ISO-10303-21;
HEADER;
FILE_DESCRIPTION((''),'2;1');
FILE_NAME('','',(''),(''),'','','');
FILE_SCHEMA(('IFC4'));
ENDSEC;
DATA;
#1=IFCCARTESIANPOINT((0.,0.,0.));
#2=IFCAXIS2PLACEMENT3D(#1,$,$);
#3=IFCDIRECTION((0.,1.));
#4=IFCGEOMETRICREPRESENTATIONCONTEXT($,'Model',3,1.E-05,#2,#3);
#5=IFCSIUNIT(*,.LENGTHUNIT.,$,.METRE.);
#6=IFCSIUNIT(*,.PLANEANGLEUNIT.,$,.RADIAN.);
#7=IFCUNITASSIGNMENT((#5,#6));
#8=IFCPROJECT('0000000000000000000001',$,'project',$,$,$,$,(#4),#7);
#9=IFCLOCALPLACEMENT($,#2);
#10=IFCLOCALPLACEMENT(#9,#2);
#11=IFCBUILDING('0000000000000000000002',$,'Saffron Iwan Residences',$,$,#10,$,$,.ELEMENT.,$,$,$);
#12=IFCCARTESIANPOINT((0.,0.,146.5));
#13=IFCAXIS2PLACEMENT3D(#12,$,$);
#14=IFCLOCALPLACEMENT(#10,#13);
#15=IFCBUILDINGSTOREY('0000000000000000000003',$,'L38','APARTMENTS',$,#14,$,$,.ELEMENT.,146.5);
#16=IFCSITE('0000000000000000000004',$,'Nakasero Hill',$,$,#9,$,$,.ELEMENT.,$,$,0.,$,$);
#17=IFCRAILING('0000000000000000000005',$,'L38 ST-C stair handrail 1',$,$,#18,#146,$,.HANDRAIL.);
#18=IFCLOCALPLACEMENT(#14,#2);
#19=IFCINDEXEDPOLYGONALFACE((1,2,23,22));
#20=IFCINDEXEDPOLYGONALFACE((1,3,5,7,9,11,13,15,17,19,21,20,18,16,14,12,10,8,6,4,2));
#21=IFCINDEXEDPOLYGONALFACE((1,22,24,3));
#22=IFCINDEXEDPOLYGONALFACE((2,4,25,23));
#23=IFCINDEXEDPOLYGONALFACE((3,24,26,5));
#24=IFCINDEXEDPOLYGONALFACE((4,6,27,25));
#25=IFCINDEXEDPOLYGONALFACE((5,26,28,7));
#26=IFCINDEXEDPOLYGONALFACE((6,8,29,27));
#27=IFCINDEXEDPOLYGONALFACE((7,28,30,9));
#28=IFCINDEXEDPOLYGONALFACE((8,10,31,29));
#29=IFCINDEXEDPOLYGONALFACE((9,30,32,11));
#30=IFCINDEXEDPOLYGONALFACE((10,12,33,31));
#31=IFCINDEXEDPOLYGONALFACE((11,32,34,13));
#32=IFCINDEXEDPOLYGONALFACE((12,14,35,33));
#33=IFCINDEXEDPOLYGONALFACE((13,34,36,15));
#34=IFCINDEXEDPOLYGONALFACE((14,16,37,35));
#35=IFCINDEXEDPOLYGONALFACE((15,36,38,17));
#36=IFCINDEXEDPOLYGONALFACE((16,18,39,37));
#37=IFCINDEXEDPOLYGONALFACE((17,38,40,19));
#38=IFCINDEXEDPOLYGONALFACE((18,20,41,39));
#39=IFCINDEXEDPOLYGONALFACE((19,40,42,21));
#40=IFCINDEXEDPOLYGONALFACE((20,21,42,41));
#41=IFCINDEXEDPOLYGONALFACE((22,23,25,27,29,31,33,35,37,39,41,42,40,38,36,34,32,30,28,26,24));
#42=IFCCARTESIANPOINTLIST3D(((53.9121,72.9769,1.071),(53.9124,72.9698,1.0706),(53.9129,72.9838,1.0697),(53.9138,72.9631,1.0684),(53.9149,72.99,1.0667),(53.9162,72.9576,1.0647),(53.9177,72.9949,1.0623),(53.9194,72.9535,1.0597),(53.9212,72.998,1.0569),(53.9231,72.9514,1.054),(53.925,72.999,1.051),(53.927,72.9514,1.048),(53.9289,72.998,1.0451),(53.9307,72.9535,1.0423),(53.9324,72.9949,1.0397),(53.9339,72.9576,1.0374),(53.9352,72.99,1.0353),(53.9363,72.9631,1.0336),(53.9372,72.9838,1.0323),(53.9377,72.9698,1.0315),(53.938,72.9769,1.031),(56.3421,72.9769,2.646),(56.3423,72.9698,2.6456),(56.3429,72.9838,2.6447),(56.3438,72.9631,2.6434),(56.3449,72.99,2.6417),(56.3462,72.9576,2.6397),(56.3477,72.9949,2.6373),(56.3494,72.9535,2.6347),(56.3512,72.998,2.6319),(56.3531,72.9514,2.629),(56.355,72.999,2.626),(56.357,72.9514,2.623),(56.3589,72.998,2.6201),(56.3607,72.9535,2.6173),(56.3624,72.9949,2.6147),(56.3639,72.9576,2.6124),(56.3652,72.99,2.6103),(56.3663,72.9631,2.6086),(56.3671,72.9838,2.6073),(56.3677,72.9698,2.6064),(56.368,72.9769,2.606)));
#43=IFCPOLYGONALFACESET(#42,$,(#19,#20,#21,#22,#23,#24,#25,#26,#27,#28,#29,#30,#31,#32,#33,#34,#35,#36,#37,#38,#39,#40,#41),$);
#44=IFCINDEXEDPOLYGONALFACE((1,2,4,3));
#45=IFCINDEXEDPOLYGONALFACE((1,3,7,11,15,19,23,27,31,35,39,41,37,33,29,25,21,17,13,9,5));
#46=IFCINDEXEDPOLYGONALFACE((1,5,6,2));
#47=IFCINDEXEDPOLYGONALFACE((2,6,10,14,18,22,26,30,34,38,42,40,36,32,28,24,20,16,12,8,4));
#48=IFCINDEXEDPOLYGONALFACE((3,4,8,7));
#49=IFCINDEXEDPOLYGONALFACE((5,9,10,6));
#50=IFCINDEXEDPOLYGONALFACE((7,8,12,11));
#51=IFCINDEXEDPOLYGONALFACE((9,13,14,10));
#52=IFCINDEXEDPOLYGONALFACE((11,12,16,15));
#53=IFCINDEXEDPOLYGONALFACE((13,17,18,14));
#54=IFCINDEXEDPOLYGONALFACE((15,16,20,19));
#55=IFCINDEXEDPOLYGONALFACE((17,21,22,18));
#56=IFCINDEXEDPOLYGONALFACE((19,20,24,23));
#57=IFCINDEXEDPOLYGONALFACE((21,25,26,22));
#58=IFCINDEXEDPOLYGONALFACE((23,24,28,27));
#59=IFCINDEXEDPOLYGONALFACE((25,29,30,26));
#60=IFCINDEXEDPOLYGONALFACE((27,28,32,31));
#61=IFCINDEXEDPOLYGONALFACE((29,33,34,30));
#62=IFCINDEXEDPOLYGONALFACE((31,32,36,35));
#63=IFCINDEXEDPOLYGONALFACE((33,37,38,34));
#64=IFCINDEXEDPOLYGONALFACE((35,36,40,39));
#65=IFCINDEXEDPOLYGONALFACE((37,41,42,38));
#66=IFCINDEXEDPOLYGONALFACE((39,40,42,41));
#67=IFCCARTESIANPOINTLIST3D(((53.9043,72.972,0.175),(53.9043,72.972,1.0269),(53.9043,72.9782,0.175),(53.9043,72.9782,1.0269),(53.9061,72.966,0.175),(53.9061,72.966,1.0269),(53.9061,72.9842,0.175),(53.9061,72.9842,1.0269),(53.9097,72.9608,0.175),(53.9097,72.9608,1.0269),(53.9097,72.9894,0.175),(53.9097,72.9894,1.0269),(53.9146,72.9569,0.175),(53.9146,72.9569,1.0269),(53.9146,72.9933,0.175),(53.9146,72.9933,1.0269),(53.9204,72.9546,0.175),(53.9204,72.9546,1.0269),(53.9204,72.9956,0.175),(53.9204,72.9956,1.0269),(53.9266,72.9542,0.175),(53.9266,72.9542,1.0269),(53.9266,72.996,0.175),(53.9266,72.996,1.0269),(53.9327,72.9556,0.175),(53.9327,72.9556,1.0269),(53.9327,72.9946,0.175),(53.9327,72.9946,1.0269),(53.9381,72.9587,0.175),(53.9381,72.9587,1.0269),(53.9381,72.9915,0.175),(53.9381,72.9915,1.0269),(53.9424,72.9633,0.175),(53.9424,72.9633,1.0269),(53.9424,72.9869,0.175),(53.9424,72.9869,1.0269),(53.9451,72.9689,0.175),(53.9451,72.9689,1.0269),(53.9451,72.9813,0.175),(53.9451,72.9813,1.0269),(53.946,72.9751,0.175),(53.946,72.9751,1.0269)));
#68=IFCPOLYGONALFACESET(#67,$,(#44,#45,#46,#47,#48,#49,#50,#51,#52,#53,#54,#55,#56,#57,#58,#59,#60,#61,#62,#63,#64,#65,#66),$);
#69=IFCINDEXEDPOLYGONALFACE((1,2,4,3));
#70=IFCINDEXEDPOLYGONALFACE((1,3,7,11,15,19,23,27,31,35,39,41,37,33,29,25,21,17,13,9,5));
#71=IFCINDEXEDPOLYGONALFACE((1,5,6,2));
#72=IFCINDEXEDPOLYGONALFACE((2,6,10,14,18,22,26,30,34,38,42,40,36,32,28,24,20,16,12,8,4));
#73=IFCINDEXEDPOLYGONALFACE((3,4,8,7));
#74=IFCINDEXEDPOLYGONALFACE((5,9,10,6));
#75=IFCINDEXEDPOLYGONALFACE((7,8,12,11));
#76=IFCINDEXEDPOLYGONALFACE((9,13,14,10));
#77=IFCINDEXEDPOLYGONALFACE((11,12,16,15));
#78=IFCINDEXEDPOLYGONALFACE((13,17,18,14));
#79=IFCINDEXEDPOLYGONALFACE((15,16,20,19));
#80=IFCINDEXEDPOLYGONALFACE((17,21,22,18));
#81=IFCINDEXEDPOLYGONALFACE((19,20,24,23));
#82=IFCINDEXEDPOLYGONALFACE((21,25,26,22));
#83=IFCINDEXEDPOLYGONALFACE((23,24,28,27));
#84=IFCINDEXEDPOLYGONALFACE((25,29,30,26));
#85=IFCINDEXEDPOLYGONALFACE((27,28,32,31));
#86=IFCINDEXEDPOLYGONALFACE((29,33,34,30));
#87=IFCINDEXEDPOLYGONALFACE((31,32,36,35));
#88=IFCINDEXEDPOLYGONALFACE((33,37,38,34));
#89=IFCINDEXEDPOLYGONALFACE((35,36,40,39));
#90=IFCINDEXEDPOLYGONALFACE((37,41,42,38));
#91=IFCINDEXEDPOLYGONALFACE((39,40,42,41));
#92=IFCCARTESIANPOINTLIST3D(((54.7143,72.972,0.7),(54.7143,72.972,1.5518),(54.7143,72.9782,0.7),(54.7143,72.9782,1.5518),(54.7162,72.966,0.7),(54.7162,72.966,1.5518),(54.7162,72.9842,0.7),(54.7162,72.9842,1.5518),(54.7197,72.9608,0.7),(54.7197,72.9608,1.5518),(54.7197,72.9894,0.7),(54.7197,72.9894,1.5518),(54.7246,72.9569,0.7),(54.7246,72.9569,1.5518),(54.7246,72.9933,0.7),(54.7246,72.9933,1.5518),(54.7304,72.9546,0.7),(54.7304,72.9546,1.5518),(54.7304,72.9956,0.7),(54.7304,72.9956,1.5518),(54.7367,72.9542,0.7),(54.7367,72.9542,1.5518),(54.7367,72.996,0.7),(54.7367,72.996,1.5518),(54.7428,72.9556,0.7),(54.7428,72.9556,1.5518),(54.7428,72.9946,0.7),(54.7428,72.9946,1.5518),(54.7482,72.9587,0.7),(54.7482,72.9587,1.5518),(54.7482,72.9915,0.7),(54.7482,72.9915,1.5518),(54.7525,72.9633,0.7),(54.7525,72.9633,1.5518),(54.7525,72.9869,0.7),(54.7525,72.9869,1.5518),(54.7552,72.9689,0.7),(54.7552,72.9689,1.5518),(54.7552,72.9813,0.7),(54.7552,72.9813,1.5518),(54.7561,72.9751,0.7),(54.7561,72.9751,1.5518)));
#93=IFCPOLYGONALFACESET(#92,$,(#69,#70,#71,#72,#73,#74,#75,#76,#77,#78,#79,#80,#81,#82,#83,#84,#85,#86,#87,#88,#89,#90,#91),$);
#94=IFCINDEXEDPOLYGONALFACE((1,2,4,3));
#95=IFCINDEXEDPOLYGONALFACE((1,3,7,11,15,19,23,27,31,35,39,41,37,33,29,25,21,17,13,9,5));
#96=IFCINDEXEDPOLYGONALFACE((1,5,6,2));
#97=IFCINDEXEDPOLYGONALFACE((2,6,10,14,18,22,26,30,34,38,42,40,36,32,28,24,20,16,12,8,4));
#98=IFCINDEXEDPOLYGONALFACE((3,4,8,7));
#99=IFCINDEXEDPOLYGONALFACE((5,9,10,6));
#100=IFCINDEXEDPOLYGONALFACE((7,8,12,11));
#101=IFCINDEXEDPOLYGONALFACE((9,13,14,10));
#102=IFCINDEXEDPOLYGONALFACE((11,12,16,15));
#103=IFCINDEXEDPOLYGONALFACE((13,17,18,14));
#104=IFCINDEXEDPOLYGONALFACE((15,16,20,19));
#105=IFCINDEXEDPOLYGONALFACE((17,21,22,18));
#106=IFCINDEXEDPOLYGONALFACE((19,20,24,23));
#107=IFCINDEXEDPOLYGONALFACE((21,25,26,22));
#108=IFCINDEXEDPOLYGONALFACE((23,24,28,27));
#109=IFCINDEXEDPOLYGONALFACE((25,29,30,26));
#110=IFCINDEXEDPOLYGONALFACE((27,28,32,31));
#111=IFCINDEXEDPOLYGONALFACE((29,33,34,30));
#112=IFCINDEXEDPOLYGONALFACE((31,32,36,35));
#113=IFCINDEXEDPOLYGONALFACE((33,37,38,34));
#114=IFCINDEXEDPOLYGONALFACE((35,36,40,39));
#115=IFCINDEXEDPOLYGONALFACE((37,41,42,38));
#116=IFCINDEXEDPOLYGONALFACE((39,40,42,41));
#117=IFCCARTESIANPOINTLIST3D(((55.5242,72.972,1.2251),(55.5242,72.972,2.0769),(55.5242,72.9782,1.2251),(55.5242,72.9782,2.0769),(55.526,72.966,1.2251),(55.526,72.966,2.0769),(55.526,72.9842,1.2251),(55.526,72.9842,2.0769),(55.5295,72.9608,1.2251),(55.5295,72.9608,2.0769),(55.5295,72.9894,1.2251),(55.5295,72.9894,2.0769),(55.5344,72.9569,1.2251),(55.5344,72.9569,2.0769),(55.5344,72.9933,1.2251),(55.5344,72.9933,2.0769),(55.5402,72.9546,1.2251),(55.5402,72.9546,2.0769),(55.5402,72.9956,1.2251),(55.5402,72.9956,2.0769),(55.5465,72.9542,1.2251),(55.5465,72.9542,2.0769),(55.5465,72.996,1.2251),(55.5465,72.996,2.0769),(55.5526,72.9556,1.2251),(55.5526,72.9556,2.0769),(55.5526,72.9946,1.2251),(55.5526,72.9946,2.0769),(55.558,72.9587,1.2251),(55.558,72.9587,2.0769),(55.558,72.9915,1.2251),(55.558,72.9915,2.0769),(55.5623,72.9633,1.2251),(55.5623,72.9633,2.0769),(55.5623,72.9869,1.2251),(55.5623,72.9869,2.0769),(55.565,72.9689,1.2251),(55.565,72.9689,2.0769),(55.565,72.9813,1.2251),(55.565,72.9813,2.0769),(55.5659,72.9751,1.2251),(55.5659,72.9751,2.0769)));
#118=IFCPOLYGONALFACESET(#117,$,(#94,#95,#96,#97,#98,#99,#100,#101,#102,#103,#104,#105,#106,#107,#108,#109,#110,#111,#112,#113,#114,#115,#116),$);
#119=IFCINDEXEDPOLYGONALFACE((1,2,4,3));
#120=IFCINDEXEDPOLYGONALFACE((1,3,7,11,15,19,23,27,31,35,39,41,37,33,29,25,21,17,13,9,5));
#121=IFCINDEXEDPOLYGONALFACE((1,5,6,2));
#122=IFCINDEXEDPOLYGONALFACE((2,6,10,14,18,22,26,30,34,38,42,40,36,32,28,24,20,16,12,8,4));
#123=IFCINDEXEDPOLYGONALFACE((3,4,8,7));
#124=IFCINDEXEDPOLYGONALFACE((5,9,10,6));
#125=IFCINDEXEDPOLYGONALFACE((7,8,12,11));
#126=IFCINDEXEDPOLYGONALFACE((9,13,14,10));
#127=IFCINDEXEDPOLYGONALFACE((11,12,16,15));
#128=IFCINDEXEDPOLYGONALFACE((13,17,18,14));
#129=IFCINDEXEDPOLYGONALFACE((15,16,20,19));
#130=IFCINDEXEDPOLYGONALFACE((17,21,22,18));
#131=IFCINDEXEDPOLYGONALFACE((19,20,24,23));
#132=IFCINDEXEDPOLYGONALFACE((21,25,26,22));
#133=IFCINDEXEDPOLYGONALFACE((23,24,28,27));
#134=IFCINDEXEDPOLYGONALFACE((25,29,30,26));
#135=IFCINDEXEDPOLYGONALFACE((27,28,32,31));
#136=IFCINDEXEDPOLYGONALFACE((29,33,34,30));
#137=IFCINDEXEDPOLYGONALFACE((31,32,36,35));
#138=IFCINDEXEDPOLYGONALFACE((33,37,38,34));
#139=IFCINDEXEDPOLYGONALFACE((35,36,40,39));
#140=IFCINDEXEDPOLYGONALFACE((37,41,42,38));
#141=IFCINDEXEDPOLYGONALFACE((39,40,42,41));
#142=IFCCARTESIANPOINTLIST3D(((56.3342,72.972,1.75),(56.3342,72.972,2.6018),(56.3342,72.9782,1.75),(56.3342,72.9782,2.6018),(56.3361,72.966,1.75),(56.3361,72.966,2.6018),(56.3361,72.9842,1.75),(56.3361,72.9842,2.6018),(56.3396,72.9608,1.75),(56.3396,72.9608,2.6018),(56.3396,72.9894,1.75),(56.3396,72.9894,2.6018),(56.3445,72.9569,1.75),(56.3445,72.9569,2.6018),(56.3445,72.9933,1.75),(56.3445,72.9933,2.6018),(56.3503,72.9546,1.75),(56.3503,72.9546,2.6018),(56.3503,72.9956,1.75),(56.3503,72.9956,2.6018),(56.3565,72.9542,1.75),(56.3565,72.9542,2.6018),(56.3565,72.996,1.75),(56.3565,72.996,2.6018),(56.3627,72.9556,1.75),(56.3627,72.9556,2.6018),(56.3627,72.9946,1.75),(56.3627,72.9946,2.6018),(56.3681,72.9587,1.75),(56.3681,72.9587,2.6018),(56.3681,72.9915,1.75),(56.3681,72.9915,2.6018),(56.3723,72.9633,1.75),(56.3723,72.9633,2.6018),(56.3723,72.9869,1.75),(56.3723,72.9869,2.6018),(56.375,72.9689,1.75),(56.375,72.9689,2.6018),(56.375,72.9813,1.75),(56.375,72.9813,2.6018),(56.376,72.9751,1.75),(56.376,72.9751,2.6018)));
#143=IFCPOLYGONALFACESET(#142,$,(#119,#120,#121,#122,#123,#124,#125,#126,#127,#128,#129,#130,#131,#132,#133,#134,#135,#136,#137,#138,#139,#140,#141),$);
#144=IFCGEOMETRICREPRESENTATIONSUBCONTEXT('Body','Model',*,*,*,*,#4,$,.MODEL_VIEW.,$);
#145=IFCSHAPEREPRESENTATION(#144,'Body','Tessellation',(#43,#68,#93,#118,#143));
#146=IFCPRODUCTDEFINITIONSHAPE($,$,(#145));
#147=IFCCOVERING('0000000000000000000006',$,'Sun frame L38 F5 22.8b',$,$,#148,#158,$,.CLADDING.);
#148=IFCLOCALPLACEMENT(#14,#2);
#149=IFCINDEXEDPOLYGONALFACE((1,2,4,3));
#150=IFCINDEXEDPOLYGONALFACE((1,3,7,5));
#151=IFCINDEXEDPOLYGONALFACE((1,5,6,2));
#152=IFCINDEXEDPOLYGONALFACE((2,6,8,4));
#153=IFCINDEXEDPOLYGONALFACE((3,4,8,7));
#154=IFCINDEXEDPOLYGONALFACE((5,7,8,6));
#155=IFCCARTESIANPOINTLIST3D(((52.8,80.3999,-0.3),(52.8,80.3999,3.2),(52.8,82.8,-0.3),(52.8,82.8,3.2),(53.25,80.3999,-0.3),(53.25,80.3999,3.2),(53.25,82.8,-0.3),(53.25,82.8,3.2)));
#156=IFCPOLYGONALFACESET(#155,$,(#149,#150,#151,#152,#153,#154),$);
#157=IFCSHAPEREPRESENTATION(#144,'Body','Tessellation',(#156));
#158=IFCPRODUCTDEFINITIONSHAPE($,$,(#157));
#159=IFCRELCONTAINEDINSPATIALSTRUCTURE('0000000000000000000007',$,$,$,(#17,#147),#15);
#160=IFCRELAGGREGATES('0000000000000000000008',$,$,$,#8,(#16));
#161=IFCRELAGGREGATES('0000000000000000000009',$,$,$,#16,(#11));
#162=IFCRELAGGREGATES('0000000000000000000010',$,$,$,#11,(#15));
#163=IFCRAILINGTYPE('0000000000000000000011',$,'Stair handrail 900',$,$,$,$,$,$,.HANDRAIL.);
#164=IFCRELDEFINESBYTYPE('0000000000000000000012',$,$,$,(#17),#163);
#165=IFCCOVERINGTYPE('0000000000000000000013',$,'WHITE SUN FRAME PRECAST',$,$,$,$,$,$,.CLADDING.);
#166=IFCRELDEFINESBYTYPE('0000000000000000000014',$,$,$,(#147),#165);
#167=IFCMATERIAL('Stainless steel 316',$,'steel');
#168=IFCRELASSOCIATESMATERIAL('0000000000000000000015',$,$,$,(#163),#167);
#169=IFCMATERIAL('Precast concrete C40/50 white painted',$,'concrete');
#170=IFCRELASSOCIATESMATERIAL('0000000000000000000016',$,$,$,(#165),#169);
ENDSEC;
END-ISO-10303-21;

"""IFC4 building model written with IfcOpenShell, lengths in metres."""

from ifc_helpers import new_model, si_unit, direction, frame, origin, origin_2d, place, context, subcontext, project, spatial, polyline, circle, outline, extrude, material, type_object, element, save


model = new_model("IFC4")

# Units and contexts
model_context = context("Model", 3, precision=1e-05, world=origin(), true_north=direction((0.0, 1.0)))
body_context = subcontext(model_context, "Body", "Model", "MODEL_VIEW")
ifc_project = project(units=[si_unit("LENGTHUNIT", "METRE"), si_unit("PLANEANGLEUNIT", "RADIAN")], contexts=[model_context])

# Site, building, storey
site_placement = place(None, origin())
site = spatial("IfcSite", under=ifc_project, at=site_placement, Name="Nakasero Hill", CompositionType="ELEMENT", RefElevation=0.0)
building_placement = place(site_placement, origin())
building = spatial("IfcBuilding", under=site, at=building_placement, Name="Saffron Iwan Residences", CompositionType="ELEMENT")
storey_placement = place(building_placement, frame((0.0, 0.0, 146.5)))
storey = spatial("IfcBuildingStorey", under=building, at=storey_placement, Name="L38", Description="APARTMENTS", CompositionType="ELEMENT", Elevation=146.5)

# Railing
ifc_material_1 = material(Name="Stainless steel 316", Category="steel")
railing_type_1 = type_object("IfcRailingType", Name="Stair handrail 900", PredefinedType="HANDRAIL", material=ifc_material_1)
railing_1_placement = place(storey_placement, frame((53.925, 72.9751, 0.175)))
element("IfcRailing", 1, at=railing_1_placement, inside=storey, type_object=railing_type_1, Name="L38 ST-C stair handrail 1", PredefinedType="HANDRAIL", context=body_context, shape_type="SweptSolid", body=[
    extrude(circle(Radius=0.0239, at=origin_2d()), frame((0.0, 0.0, 0.876), z_axis=(0.839154, 0.0, 0.543894), x_axis=(0.0, 1.0, 0.0)), (0.0, 0.0, 1.0), 2.8958),
    extrude(circle(Radius=0.021, at=origin_2d()), origin(), (0.0, 0.0, 1.0), 0.8518),
    extrude(circle(Radius=0.021, at=origin_2d()), frame((0.8101, 0.0, 0.5249)), (0.0, 0.0, 1.0), 0.8518),
    extrude(circle(Radius=0.021, at=origin_2d()), frame((1.6199, 0.0, 1.05)), (0.0, 0.0, 1.0), 0.8518),
    extrude(circle(Radius=0.021, at=origin_2d()), frame((2.4299, 0.0, 1.575)), (0.0, 0.0, 1.0), 0.8518),
])

# Covering
ifc_material_2 = material(Name="Precast concrete C40/50 white painted", Category="concrete")
covering_type_1 = type_object("IfcCoveringType", Name="WHITE SUN FRAME PRECAST", PredefinedType="CLADDING", material=ifc_material_2)
covering_1_placement = place(storey_placement, frame((53.25, 80.3999, -0.3), z_axis=(0.0, 1.0, 0.0), x_axis=(-1.0, 0.0, 0.0)))
element("IfcCovering", 2, at=covering_1_placement, inside=storey, type_object=covering_type_1, Name="Sun frame L38 F5 22.8b", PredefinedType="CLADDING", context=body_context, shape_type="SweptSolid", body=[
    extrude(outline(polyline([(0.0, 0.0), (0.45, 0.0), (0.45, 3.5), (0.0, 3.5), (0.0, 0.0)])), origin(), (0.0, 0.0, 1.0), 2.4001),
])

save(model, "model.ifc")
